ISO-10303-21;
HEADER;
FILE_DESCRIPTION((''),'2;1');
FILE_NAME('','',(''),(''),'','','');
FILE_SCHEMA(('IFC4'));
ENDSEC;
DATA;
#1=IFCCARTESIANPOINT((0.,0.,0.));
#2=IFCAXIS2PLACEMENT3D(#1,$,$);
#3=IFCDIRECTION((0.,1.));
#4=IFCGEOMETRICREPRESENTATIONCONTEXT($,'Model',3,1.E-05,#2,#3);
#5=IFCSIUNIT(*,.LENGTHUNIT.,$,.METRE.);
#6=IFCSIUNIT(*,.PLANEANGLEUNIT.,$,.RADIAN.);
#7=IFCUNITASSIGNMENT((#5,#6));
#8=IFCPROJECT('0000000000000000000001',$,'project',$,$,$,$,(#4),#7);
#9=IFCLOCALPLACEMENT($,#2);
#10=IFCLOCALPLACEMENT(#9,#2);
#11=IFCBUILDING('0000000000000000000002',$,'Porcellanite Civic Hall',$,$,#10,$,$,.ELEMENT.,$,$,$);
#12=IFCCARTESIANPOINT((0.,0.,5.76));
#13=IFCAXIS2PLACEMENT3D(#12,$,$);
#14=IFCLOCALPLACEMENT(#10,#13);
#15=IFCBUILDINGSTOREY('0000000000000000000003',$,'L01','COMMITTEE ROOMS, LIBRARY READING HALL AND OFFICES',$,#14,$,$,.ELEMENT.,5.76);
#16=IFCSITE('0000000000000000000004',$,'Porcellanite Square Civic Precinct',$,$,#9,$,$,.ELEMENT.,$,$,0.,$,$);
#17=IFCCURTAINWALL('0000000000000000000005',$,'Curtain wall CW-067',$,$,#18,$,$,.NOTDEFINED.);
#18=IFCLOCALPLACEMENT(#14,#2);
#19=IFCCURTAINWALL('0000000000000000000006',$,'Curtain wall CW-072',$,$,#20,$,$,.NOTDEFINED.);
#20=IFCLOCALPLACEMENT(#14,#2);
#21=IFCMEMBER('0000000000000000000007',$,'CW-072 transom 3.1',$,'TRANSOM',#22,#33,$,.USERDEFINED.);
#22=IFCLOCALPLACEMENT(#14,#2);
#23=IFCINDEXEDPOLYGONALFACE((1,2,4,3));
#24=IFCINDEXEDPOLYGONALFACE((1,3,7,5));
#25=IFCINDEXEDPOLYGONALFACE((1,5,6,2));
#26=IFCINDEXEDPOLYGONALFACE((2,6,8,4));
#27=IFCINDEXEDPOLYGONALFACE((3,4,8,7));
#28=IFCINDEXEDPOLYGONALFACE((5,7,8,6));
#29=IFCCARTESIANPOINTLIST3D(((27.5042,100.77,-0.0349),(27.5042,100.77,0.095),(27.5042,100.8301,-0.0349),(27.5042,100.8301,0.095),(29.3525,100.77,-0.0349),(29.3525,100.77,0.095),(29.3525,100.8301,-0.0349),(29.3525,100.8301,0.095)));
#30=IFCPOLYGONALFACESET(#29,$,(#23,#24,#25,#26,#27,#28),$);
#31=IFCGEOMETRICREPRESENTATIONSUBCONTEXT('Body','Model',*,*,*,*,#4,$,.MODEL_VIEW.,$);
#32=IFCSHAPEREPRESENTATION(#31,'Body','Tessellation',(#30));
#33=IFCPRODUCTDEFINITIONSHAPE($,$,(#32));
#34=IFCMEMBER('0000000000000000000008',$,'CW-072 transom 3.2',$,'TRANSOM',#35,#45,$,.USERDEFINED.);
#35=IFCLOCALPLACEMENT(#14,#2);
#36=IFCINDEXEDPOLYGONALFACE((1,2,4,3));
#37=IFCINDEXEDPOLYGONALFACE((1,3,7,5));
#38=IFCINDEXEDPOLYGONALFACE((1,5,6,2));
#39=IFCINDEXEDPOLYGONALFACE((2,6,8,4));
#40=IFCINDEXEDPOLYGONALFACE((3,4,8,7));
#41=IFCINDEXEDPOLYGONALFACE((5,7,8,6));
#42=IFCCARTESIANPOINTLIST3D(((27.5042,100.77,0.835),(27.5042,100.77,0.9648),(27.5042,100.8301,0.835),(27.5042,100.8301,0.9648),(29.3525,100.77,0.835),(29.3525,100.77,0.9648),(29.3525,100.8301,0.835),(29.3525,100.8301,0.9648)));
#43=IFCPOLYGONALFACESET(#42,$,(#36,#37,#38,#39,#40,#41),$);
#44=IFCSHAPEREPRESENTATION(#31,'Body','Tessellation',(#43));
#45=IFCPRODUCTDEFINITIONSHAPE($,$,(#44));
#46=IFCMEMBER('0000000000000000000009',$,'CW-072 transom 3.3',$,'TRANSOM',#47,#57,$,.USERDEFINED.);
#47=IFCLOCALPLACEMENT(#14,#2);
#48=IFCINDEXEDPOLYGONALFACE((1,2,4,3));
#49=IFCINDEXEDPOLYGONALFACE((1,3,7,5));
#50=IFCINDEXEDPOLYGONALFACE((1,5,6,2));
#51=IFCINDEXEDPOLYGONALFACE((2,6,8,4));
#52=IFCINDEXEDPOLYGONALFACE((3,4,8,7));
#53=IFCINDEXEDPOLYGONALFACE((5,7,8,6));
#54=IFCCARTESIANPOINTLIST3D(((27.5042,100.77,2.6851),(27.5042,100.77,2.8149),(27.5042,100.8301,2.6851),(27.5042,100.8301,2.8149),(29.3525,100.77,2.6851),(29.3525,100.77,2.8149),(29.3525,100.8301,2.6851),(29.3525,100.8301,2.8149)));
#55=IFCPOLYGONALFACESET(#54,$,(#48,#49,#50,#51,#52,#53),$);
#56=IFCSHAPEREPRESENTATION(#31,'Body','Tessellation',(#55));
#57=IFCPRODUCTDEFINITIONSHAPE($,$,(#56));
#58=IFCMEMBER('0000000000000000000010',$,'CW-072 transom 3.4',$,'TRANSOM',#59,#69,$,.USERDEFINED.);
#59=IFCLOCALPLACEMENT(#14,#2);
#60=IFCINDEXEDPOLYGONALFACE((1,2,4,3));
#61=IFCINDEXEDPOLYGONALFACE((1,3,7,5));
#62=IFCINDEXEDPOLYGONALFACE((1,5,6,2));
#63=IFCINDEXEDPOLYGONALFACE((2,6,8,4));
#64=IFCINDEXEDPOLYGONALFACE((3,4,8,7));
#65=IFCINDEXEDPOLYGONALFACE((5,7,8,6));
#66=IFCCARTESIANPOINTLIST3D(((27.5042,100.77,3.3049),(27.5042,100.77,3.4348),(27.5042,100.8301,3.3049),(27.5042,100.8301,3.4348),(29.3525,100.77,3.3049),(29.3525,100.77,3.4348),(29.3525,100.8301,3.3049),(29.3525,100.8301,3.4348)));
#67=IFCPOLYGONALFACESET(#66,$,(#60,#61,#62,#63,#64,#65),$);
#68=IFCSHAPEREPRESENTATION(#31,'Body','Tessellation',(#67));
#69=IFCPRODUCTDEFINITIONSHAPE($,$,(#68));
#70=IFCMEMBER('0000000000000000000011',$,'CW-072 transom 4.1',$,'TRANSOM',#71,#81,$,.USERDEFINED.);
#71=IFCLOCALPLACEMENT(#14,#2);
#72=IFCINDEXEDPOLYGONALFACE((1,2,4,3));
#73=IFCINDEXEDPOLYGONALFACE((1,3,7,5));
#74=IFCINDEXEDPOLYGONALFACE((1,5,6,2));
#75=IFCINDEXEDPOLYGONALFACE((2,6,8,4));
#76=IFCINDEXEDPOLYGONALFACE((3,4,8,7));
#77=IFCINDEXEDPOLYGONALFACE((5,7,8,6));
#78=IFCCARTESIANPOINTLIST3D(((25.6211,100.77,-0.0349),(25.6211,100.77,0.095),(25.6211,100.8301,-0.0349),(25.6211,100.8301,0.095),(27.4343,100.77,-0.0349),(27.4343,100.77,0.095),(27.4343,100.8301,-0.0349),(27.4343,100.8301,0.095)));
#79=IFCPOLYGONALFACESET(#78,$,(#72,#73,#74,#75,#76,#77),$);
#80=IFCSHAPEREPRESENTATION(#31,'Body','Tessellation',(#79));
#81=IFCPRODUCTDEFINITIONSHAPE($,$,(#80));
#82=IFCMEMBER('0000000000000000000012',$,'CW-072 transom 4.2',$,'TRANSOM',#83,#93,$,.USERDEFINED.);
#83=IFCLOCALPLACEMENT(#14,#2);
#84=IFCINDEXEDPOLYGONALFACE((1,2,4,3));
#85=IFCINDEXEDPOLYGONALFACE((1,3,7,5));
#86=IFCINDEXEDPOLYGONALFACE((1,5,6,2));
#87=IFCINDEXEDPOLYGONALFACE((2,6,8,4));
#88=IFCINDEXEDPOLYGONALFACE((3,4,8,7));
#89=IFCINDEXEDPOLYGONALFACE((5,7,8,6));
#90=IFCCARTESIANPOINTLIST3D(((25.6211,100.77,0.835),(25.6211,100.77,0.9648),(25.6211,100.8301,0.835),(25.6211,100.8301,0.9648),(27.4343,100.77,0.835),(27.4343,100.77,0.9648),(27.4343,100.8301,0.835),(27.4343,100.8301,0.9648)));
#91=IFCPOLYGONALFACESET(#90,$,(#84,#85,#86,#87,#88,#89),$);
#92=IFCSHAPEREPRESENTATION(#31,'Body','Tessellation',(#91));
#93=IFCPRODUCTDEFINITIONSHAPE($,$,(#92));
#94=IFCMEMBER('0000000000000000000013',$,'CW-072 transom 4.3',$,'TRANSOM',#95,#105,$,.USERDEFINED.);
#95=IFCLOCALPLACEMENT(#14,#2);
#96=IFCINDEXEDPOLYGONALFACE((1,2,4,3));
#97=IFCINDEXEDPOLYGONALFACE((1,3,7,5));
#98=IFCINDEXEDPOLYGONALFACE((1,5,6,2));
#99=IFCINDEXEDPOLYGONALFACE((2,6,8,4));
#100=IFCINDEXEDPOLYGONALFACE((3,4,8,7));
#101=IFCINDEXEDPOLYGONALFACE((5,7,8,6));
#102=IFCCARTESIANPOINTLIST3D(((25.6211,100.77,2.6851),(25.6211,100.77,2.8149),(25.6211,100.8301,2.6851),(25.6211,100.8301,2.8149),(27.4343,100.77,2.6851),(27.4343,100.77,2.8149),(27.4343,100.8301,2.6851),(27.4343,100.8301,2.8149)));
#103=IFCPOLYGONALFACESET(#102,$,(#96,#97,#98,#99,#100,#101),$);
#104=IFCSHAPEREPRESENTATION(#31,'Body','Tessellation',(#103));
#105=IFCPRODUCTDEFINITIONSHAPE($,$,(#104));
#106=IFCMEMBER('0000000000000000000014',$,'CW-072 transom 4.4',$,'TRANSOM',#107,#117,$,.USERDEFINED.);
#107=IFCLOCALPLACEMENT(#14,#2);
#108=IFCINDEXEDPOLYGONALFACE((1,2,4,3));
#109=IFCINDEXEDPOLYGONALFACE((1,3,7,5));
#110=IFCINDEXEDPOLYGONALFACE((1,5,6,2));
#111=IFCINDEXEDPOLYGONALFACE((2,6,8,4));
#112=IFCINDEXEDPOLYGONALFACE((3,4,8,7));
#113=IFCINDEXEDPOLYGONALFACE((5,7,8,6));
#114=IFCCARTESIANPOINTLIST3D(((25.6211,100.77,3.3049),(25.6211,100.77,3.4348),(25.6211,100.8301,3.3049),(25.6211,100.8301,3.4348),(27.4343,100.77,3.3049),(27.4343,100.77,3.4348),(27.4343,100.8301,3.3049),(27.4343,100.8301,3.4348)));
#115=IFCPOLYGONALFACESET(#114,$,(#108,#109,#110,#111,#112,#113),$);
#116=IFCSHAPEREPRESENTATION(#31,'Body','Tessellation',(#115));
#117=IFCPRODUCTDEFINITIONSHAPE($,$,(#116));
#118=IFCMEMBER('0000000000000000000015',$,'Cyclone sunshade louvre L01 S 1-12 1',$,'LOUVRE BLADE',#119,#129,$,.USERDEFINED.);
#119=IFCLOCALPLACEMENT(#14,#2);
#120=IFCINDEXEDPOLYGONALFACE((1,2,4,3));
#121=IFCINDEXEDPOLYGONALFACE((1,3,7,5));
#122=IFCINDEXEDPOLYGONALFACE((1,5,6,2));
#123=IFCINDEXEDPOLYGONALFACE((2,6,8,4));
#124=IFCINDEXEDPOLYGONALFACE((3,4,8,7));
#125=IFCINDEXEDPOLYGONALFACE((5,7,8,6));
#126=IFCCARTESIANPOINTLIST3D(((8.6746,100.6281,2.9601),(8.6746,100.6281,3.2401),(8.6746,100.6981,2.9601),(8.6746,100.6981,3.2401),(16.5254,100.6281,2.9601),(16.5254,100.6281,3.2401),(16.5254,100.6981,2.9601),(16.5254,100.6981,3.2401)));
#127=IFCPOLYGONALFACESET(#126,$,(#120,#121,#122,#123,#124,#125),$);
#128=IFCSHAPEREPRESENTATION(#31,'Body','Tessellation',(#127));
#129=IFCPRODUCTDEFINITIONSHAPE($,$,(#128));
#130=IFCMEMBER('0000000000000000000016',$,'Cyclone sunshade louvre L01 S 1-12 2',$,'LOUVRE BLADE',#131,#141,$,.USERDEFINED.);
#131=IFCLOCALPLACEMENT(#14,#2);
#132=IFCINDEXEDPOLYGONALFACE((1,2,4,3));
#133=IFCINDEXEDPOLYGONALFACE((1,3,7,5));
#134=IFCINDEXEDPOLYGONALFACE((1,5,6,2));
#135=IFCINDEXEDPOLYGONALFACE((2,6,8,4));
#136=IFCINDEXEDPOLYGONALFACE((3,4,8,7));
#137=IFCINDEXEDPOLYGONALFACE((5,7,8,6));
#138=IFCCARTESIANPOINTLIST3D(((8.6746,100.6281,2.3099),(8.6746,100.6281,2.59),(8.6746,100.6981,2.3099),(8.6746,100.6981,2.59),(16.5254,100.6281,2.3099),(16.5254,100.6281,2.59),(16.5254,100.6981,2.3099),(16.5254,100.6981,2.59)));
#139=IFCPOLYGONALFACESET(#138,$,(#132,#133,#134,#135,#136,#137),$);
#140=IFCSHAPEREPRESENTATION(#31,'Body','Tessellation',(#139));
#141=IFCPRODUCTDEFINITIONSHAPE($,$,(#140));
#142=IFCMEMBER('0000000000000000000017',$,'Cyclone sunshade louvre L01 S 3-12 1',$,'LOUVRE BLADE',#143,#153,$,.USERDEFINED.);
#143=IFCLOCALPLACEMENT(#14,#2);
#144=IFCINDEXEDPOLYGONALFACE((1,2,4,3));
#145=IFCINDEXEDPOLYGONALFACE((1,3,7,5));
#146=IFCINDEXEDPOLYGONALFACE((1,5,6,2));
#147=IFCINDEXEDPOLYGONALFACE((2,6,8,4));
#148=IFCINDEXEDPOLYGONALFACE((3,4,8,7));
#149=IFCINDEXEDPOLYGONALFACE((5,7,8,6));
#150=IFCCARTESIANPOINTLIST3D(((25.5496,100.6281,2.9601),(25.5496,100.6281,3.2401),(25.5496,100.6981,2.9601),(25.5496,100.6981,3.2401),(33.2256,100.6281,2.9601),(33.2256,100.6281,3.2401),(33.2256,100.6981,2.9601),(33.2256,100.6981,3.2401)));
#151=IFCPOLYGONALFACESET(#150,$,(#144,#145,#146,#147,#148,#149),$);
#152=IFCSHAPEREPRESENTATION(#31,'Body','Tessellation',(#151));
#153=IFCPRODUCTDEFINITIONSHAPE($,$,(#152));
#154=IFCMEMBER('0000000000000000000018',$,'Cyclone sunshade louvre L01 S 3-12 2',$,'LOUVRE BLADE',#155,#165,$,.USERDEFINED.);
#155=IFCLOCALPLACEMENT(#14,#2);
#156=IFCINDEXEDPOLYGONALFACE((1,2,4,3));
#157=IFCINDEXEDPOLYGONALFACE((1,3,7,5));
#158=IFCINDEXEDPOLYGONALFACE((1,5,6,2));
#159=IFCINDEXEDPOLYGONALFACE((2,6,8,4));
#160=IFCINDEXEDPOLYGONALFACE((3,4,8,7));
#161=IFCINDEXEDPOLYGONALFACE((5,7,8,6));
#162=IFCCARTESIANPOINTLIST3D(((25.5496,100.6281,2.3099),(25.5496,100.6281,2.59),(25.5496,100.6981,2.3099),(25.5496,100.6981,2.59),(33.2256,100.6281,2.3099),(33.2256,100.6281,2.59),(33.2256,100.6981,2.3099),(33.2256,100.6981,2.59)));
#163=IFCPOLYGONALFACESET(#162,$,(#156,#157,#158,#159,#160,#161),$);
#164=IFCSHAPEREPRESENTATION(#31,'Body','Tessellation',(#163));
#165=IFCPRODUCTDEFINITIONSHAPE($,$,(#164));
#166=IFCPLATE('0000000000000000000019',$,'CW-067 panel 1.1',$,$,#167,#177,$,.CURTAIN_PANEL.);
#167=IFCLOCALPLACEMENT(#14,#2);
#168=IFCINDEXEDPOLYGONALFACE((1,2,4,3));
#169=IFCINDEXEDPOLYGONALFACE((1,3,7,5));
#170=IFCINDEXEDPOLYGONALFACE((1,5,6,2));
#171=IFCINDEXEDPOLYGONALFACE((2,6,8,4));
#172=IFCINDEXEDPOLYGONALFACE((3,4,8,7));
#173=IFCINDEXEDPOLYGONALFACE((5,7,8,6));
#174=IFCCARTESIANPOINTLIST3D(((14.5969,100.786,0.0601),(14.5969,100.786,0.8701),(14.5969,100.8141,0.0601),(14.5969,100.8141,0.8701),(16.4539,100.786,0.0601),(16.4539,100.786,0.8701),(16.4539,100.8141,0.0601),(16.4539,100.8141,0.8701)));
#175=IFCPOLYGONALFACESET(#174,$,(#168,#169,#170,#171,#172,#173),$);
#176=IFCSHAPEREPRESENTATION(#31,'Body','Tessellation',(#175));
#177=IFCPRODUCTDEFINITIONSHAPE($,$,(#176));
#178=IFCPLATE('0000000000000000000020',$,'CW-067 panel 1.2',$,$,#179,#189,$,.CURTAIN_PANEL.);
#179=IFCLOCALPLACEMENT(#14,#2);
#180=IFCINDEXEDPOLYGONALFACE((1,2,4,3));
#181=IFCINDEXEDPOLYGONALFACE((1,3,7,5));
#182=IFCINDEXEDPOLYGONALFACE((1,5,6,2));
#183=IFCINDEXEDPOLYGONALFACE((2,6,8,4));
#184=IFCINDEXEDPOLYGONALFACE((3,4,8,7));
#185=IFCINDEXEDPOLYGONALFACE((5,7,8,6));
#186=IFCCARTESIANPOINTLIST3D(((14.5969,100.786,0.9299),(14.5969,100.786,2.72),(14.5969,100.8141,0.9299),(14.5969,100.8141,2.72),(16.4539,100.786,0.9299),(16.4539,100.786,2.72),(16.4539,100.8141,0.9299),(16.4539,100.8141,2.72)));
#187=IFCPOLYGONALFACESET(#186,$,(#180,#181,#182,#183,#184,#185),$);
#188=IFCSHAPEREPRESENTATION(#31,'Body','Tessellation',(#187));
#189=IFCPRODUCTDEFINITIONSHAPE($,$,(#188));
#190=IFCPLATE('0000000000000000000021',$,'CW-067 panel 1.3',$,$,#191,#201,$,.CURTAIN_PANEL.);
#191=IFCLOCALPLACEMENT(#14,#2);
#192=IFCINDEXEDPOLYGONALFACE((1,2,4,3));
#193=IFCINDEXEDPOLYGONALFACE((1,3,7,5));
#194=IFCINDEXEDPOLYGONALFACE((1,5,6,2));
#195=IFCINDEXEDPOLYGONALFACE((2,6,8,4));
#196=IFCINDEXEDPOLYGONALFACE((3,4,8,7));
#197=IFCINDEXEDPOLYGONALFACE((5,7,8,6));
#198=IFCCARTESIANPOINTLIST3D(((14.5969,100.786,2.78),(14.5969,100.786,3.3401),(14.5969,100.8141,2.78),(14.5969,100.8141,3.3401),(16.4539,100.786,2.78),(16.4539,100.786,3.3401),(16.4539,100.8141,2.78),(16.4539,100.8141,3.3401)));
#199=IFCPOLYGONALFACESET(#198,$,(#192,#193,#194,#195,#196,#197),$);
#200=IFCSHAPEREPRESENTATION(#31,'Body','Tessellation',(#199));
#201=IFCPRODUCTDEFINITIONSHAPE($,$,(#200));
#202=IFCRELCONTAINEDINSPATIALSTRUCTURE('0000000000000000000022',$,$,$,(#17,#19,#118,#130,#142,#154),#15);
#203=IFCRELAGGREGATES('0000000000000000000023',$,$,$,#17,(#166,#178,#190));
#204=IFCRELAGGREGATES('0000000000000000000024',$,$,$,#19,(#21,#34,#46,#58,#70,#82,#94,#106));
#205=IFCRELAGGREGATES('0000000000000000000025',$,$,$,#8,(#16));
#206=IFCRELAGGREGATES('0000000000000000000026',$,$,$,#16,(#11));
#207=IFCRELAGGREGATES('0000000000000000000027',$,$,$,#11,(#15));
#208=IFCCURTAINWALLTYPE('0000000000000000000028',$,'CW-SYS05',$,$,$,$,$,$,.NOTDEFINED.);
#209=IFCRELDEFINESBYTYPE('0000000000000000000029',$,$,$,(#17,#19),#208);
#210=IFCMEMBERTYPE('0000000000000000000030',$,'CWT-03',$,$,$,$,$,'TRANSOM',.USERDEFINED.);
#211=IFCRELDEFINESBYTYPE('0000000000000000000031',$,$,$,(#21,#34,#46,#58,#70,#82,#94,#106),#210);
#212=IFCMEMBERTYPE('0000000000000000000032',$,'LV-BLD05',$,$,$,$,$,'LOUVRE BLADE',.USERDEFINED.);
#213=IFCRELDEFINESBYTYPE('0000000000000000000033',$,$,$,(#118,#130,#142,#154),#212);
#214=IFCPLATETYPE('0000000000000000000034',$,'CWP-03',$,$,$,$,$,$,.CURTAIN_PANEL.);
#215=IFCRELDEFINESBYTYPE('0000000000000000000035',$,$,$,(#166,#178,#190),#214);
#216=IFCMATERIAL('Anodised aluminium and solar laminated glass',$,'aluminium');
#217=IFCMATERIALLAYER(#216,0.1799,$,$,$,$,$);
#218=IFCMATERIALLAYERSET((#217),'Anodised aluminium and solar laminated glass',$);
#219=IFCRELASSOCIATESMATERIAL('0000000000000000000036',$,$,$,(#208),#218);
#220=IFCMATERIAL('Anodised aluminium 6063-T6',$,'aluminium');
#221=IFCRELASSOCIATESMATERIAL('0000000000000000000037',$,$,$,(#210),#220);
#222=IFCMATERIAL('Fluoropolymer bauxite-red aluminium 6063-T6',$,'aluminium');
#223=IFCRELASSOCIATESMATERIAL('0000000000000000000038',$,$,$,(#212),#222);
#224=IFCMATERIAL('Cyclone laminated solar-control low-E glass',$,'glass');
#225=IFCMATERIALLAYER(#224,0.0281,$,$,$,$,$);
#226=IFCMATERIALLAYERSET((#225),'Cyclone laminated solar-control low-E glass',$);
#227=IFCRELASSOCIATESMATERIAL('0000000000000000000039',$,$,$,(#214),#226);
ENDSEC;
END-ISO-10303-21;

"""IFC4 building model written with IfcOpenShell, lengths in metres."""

from ifc_helpers import new_model, si_unit, direction, frame, origin, origin_2d, place, context, subcontext, project, spatial, rectangle, extrude, material, layer, layer_set, material_profile, profile_set, type_object, element, aggregate, save


model = new_model("IFC4")

# Units and contexts
model_context = context("Model", 3, precision=1e-05, world=origin(), true_north=direction((0.0, 1.0)))
body_context = subcontext(model_context, "Body", "Model", "MODEL_VIEW")
ifc_project = project(units=[si_unit("LENGTHUNIT", "METRE"), si_unit("PLANEANGLEUNIT", "RADIAN")], contexts=[model_context])

# Site, building, storey
site_placement = place(None, origin())
site = spatial("IfcSite", under=ifc_project, at=site_placement, Name="Porcellanite Square Civic Precinct", CompositionType="ELEMENT", RefElevation=0.0)
building_placement = place(site_placement, origin())
building = spatial("IfcBuilding", under=site, at=building_placement, Name="Porcellanite Civic Hall", CompositionType="ELEMENT")
storey_placement = place(building_placement, frame((0.0, 0.0, 5.76)))
storey = spatial("IfcBuildingStorey", under=building, at=storey_placement, Name="L01", Description="COMMITTEE ROOMS, LIBRARY READING HALL AND OFFICES", CompositionType="ELEMENT", Elevation=5.76)

# Curtain walls
ifc_material_1 = material(Name="Anodised aluminium and solar laminated glass", Category="aluminium")
ifc_layer_1 = layer(ifc_material_1, 0.1799)
ifc_layer_set_1 = layer_set([ifc_layer_1], Name="Anodised aluminium and solar laminated glass")
curtain_wall_type = type_object("IfcCurtainWallType", Name="CW-SYS05", PredefinedType="NOTDEFINED", material=ifc_layer_set_1)
curtain_wall_1_placement = place(storey_placement, origin())
curtain_wall_1 = element("IfcCurtainWall", 1, at=curtain_wall_1_placement, inside=storey, type_object=curtain_wall_type, Name="Curtain wall CW-067", PredefinedType="NOTDEFINED")
curtain_wall_2_placement = place(storey_placement, origin())
curtain_wall_2 = element("IfcCurtainWall", 2, at=curtain_wall_2_placement, inside=storey, type_object=curtain_wall_type, Name="Curtain wall CW-072", PredefinedType="NOTDEFINED")

# Members
ifc_material_2 = material(Name="Anodised aluminium 6063-T6", Category="aluminium")
ifc_material_profile_1 = material_profile(ifc_material_2, rectangle(XDim=0.0601, YDim=0.1299, at=origin_2d()), Name="AL-60x130")
ifc_profile_set_1 = profile_set([ifc_material_profile_1], Name="Anodised aluminium 6063-T6")
member_type_1 = type_object("IfcMemberType", Name="CWT-03", ElementType="TRANSOM", PredefinedType="USERDEFINED", material=ifc_profile_set_1)
member_1_placement = place(storey_placement, frame((29.3525, 100.8, 0.03), z_axis=(-1.0, 0.0, 0.0), x_axis=(0.0, -1.0, 0.0)))
member_1 = element("IfcMember", 3, at=member_1_placement, type_object=member_type_1, Name="CW-072 transom 3.1", ObjectType="TRANSOM", PredefinedType="USERDEFINED", context=body_context, shape_type="SweptSolid", body=[
    extrude(rectangle(XDim=0.0601, YDim=0.1299, at=origin_2d()), origin(), (0.0, 0.0, 1.0), 1.8484),
])
member_2_placement = place(storey_placement, frame((29.3525, 100.8, 0.8999), z_axis=(-1.0, 0.0, 0.0), x_axis=(0.0, -1.0, 0.0)))
member_2 = element("IfcMember", 4, at=member_2_placement, type_object=member_type_1, Name="CW-072 transom 3.2", ObjectType="TRANSOM", PredefinedType="USERDEFINED", context=body_context, shape_type="SweptSolid", body=[
    extrude(rectangle(XDim=0.0601, YDim=0.1299, at=origin_2d()), origin(), (0.0, 0.0, 1.0), 1.8484),
])
member_3_placement = place(storey_placement, frame((29.3525, 100.8, 2.75), z_axis=(-1.0, 0.0, 0.0), x_axis=(0.0, -1.0, 0.0)))
member_3 = element("IfcMember", 5, at=member_3_placement, type_object=member_type_1, Name="CW-072 transom 3.3", ObjectType="TRANSOM", PredefinedType="USERDEFINED", context=body_context, shape_type="SweptSolid", body=[
    extrude(rectangle(XDim=0.0601, YDim=0.1299, at=origin_2d()), origin(), (0.0, 0.0, 1.0), 1.8484),
])
member_4_placement = place(storey_placement, frame((29.3525, 100.8, 3.3699), z_axis=(-1.0, 0.0, 0.0), x_axis=(0.0, -1.0, 0.0)))
member_4 = element("IfcMember", 6, at=member_4_placement, type_object=member_type_1, Name="CW-072 transom 3.4", ObjectType="TRANSOM", PredefinedType="USERDEFINED", context=body_context, shape_type="SweptSolid", body=[
    extrude(rectangle(XDim=0.0601, YDim=0.1299, at=origin_2d()), origin(), (0.0, 0.0, 1.0), 1.8484),
])
member_5_placement = place(storey_placement, frame((27.4343, 100.8, 0.03), z_axis=(-1.0, 0.0, 0.0), x_axis=(0.0, -1.0, 0.0)))
member_5 = element("IfcMember", 7, at=member_5_placement, type_object=member_type_1, Name="CW-072 transom 4.1", ObjectType="TRANSOM", PredefinedType="USERDEFINED", context=body_context, shape_type="SweptSolid", body=[
    extrude(rectangle(XDim=0.0601, YDim=0.1299, at=origin_2d()), origin(), (0.0, 0.0, 1.0), 1.8132),
])
member_6_placement = place(storey_placement, frame((27.4343, 100.8, 0.8999), z_axis=(-1.0, 0.0, 0.0), x_axis=(0.0, -1.0, 0.0)))
member_6 = element("IfcMember", 8, at=member_6_placement, type_object=member_type_1, Name="CW-072 transom 4.2", ObjectType="TRANSOM", PredefinedType="USERDEFINED", context=body_context, shape_type="SweptSolid", body=[
    extrude(rectangle(XDim=0.0601, YDim=0.1299, at=origin_2d()), origin(), (0.0, 0.0, 1.0), 1.8132),
])
member_7_placement = place(storey_placement, frame((27.4343, 100.8, 2.75), z_axis=(-1.0, 0.0, 0.0), x_axis=(0.0, -1.0, 0.0)))
member_7 = element("IfcMember", 9, at=member_7_placement, type_object=member_type_1, Name="CW-072 transom 4.3", ObjectType="TRANSOM", PredefinedType="USERDEFINED", context=body_context, shape_type="SweptSolid", body=[
    extrude(rectangle(XDim=0.0601, YDim=0.1299, at=origin_2d()), origin(), (0.0, 0.0, 1.0), 1.8132),
])
member_8_placement = place(storey_placement, frame((27.4343, 100.8, 3.3699), z_axis=(-1.0, 0.0, 0.0), x_axis=(0.0, -1.0, 0.0)))
member_8 = element("IfcMember", 10, at=member_8_placement, type_object=member_type_1, Name="CW-072 transom 4.4", ObjectType="TRANSOM", PredefinedType="USERDEFINED", context=body_context, shape_type="SweptSolid", body=[
    extrude(rectangle(XDim=0.0601, YDim=0.1299, at=origin_2d()), origin(), (0.0, 0.0, 1.0), 1.8132),
])

# Members
ifc_material_3 = material(Name="Fluoropolymer bauxite-red aluminium 6063-T6", Category="aluminium")
ifc_material_profile_2 = material_profile(ifc_material_3, rectangle(XDim=0.0701, YDim=0.28, at=origin_2d()), Name="AL-70x280")
ifc_profile_set_2 = profile_set([ifc_material_profile_2], Name="Fluoropolymer bauxite-red aluminium 6063-T6")
member_type_2 = type_object("IfcMemberType", Name="LV-BLD05", ElementType="LOUVRE BLADE", PredefinedType="USERDEFINED", material=ifc_profile_set_2)
for number, where, z_axis, x_axis, name in (
    (11, (16.5254, 100.6631, 3.1001), (-1.0, 0.0, 0.0), (0.0, -1.0, 0.0), "Cyclone sunshade louvre L01 S 1-12 1"),
    (12, (16.5254, 100.6631, 2.45), (-1.0, 0.0, 0.0), (0.0, -1.0, 0.0), "Cyclone sunshade louvre L01 S 1-12 2"),
):
    element("IfcMember", number, at=place(storey_placement, frame(where, z_axis=z_axis, x_axis=x_axis)), inside=storey, type_object=member_type_2, Name=name, ObjectType="LOUVRE BLADE", PredefinedType="USERDEFINED", context=body_context, shape_type="SweptSolid", body=[
        extrude(rectangle(XDim=0.0701, YDim=0.28, at=origin_2d()), origin(), (0.0, 0.0, 1.0), 7.8508),
    ])
for number, where, z_axis, x_axis, name in (
    (13, (33.2256, 100.6631, 3.1001), (-1.0, 0.0, 0.0), (0.0, -1.0, 0.0), "Cyclone sunshade louvre L01 S 3-12 1"),
    (14, (33.2256, 100.6631, 2.45), (-1.0, 0.0, 0.0), (0.0, -1.0, 0.0), "Cyclone sunshade louvre L01 S 3-12 2"),
):
    element("IfcMember", number, at=place(storey_placement, frame(where, z_axis=z_axis, x_axis=x_axis)), inside=storey, type_object=member_type_2, Name=name, ObjectType="LOUVRE BLADE", PredefinedType="USERDEFINED", context=body_context, shape_type="SweptSolid", body=[
        extrude(rectangle(XDim=0.0701, YDim=0.28, at=origin_2d()), origin(), (0.0, 0.0, 1.0), 7.676),
    ])

# Plates
ifc_material_4 = material(Name="Cyclone laminated solar-control low-E glass", Category="glass")
ifc_layer_2 = layer(ifc_material_4, 0.0281)
ifc_layer_set_2 = layer_set([ifc_layer_2], Name="Cyclone laminated solar-control low-E glass")
plate_type = type_object("IfcPlateType", Name="CWP-03", PredefinedType="CURTAIN_PANEL", material=ifc_layer_set_2)
plate_1_placement = place(storey_placement, frame((15.5254, 100.8, 0.0601), z_axis=(0.0, 0.0, 1.0), x_axis=(-1.0, 0.0, 0.0)))
plate_1 = element("IfcPlate", 15, at=plate_1_placement, type_object=plate_type, Name="CW-067 panel 1.1", PredefinedType="CURTAIN_PANEL", context=body_context, shape_type="SweptSolid", body=[
    extrude(rectangle(XDim=1.8569, YDim=0.0281, at=origin_2d()), origin(), (0.0, 0.0, 1.0), 0.8101),
])
plate_2_placement = place(storey_placement, frame((15.5254, 100.8, 0.9299), z_axis=(0.0, 0.0, 1.0), x_axis=(-1.0, 0.0, 0.0)))
plate_2 = element("IfcPlate", 16, at=plate_2_placement, type_object=plate_type, Name="CW-067 panel 1.2", PredefinedType="CURTAIN_PANEL", context=body_context, shape_type="SweptSolid", body=[
    extrude(rectangle(XDim=1.8569, YDim=0.0281, at=origin_2d()), origin(), (0.0, 0.0, 1.0), 1.79),
])
plate_3_placement = place(storey_placement, frame((15.5254, 100.8, 2.78), z_axis=(0.0, 0.0, 1.0), x_axis=(-1.0, 0.0, 0.0)))
plate_3 = element("IfcPlate", 17, at=plate_3_placement, type_object=plate_type, Name="CW-067 panel 1.3", PredefinedType="CURTAIN_PANEL", context=body_context, shape_type="SweptSolid", body=[
    extrude(rectangle(XDim=1.8569, YDim=0.0281, at=origin_2d()), origin(), (0.0, 0.0, 1.0), 0.5601),
])
aggregate(curtain_wall_1, [plate_1, plate_2, plate_3])
aggregate(curtain_wall_2, [member_1, member_2, member_3, member_4, member_5, member_6, member_7, member_8])

save(model, "model.ifc")
